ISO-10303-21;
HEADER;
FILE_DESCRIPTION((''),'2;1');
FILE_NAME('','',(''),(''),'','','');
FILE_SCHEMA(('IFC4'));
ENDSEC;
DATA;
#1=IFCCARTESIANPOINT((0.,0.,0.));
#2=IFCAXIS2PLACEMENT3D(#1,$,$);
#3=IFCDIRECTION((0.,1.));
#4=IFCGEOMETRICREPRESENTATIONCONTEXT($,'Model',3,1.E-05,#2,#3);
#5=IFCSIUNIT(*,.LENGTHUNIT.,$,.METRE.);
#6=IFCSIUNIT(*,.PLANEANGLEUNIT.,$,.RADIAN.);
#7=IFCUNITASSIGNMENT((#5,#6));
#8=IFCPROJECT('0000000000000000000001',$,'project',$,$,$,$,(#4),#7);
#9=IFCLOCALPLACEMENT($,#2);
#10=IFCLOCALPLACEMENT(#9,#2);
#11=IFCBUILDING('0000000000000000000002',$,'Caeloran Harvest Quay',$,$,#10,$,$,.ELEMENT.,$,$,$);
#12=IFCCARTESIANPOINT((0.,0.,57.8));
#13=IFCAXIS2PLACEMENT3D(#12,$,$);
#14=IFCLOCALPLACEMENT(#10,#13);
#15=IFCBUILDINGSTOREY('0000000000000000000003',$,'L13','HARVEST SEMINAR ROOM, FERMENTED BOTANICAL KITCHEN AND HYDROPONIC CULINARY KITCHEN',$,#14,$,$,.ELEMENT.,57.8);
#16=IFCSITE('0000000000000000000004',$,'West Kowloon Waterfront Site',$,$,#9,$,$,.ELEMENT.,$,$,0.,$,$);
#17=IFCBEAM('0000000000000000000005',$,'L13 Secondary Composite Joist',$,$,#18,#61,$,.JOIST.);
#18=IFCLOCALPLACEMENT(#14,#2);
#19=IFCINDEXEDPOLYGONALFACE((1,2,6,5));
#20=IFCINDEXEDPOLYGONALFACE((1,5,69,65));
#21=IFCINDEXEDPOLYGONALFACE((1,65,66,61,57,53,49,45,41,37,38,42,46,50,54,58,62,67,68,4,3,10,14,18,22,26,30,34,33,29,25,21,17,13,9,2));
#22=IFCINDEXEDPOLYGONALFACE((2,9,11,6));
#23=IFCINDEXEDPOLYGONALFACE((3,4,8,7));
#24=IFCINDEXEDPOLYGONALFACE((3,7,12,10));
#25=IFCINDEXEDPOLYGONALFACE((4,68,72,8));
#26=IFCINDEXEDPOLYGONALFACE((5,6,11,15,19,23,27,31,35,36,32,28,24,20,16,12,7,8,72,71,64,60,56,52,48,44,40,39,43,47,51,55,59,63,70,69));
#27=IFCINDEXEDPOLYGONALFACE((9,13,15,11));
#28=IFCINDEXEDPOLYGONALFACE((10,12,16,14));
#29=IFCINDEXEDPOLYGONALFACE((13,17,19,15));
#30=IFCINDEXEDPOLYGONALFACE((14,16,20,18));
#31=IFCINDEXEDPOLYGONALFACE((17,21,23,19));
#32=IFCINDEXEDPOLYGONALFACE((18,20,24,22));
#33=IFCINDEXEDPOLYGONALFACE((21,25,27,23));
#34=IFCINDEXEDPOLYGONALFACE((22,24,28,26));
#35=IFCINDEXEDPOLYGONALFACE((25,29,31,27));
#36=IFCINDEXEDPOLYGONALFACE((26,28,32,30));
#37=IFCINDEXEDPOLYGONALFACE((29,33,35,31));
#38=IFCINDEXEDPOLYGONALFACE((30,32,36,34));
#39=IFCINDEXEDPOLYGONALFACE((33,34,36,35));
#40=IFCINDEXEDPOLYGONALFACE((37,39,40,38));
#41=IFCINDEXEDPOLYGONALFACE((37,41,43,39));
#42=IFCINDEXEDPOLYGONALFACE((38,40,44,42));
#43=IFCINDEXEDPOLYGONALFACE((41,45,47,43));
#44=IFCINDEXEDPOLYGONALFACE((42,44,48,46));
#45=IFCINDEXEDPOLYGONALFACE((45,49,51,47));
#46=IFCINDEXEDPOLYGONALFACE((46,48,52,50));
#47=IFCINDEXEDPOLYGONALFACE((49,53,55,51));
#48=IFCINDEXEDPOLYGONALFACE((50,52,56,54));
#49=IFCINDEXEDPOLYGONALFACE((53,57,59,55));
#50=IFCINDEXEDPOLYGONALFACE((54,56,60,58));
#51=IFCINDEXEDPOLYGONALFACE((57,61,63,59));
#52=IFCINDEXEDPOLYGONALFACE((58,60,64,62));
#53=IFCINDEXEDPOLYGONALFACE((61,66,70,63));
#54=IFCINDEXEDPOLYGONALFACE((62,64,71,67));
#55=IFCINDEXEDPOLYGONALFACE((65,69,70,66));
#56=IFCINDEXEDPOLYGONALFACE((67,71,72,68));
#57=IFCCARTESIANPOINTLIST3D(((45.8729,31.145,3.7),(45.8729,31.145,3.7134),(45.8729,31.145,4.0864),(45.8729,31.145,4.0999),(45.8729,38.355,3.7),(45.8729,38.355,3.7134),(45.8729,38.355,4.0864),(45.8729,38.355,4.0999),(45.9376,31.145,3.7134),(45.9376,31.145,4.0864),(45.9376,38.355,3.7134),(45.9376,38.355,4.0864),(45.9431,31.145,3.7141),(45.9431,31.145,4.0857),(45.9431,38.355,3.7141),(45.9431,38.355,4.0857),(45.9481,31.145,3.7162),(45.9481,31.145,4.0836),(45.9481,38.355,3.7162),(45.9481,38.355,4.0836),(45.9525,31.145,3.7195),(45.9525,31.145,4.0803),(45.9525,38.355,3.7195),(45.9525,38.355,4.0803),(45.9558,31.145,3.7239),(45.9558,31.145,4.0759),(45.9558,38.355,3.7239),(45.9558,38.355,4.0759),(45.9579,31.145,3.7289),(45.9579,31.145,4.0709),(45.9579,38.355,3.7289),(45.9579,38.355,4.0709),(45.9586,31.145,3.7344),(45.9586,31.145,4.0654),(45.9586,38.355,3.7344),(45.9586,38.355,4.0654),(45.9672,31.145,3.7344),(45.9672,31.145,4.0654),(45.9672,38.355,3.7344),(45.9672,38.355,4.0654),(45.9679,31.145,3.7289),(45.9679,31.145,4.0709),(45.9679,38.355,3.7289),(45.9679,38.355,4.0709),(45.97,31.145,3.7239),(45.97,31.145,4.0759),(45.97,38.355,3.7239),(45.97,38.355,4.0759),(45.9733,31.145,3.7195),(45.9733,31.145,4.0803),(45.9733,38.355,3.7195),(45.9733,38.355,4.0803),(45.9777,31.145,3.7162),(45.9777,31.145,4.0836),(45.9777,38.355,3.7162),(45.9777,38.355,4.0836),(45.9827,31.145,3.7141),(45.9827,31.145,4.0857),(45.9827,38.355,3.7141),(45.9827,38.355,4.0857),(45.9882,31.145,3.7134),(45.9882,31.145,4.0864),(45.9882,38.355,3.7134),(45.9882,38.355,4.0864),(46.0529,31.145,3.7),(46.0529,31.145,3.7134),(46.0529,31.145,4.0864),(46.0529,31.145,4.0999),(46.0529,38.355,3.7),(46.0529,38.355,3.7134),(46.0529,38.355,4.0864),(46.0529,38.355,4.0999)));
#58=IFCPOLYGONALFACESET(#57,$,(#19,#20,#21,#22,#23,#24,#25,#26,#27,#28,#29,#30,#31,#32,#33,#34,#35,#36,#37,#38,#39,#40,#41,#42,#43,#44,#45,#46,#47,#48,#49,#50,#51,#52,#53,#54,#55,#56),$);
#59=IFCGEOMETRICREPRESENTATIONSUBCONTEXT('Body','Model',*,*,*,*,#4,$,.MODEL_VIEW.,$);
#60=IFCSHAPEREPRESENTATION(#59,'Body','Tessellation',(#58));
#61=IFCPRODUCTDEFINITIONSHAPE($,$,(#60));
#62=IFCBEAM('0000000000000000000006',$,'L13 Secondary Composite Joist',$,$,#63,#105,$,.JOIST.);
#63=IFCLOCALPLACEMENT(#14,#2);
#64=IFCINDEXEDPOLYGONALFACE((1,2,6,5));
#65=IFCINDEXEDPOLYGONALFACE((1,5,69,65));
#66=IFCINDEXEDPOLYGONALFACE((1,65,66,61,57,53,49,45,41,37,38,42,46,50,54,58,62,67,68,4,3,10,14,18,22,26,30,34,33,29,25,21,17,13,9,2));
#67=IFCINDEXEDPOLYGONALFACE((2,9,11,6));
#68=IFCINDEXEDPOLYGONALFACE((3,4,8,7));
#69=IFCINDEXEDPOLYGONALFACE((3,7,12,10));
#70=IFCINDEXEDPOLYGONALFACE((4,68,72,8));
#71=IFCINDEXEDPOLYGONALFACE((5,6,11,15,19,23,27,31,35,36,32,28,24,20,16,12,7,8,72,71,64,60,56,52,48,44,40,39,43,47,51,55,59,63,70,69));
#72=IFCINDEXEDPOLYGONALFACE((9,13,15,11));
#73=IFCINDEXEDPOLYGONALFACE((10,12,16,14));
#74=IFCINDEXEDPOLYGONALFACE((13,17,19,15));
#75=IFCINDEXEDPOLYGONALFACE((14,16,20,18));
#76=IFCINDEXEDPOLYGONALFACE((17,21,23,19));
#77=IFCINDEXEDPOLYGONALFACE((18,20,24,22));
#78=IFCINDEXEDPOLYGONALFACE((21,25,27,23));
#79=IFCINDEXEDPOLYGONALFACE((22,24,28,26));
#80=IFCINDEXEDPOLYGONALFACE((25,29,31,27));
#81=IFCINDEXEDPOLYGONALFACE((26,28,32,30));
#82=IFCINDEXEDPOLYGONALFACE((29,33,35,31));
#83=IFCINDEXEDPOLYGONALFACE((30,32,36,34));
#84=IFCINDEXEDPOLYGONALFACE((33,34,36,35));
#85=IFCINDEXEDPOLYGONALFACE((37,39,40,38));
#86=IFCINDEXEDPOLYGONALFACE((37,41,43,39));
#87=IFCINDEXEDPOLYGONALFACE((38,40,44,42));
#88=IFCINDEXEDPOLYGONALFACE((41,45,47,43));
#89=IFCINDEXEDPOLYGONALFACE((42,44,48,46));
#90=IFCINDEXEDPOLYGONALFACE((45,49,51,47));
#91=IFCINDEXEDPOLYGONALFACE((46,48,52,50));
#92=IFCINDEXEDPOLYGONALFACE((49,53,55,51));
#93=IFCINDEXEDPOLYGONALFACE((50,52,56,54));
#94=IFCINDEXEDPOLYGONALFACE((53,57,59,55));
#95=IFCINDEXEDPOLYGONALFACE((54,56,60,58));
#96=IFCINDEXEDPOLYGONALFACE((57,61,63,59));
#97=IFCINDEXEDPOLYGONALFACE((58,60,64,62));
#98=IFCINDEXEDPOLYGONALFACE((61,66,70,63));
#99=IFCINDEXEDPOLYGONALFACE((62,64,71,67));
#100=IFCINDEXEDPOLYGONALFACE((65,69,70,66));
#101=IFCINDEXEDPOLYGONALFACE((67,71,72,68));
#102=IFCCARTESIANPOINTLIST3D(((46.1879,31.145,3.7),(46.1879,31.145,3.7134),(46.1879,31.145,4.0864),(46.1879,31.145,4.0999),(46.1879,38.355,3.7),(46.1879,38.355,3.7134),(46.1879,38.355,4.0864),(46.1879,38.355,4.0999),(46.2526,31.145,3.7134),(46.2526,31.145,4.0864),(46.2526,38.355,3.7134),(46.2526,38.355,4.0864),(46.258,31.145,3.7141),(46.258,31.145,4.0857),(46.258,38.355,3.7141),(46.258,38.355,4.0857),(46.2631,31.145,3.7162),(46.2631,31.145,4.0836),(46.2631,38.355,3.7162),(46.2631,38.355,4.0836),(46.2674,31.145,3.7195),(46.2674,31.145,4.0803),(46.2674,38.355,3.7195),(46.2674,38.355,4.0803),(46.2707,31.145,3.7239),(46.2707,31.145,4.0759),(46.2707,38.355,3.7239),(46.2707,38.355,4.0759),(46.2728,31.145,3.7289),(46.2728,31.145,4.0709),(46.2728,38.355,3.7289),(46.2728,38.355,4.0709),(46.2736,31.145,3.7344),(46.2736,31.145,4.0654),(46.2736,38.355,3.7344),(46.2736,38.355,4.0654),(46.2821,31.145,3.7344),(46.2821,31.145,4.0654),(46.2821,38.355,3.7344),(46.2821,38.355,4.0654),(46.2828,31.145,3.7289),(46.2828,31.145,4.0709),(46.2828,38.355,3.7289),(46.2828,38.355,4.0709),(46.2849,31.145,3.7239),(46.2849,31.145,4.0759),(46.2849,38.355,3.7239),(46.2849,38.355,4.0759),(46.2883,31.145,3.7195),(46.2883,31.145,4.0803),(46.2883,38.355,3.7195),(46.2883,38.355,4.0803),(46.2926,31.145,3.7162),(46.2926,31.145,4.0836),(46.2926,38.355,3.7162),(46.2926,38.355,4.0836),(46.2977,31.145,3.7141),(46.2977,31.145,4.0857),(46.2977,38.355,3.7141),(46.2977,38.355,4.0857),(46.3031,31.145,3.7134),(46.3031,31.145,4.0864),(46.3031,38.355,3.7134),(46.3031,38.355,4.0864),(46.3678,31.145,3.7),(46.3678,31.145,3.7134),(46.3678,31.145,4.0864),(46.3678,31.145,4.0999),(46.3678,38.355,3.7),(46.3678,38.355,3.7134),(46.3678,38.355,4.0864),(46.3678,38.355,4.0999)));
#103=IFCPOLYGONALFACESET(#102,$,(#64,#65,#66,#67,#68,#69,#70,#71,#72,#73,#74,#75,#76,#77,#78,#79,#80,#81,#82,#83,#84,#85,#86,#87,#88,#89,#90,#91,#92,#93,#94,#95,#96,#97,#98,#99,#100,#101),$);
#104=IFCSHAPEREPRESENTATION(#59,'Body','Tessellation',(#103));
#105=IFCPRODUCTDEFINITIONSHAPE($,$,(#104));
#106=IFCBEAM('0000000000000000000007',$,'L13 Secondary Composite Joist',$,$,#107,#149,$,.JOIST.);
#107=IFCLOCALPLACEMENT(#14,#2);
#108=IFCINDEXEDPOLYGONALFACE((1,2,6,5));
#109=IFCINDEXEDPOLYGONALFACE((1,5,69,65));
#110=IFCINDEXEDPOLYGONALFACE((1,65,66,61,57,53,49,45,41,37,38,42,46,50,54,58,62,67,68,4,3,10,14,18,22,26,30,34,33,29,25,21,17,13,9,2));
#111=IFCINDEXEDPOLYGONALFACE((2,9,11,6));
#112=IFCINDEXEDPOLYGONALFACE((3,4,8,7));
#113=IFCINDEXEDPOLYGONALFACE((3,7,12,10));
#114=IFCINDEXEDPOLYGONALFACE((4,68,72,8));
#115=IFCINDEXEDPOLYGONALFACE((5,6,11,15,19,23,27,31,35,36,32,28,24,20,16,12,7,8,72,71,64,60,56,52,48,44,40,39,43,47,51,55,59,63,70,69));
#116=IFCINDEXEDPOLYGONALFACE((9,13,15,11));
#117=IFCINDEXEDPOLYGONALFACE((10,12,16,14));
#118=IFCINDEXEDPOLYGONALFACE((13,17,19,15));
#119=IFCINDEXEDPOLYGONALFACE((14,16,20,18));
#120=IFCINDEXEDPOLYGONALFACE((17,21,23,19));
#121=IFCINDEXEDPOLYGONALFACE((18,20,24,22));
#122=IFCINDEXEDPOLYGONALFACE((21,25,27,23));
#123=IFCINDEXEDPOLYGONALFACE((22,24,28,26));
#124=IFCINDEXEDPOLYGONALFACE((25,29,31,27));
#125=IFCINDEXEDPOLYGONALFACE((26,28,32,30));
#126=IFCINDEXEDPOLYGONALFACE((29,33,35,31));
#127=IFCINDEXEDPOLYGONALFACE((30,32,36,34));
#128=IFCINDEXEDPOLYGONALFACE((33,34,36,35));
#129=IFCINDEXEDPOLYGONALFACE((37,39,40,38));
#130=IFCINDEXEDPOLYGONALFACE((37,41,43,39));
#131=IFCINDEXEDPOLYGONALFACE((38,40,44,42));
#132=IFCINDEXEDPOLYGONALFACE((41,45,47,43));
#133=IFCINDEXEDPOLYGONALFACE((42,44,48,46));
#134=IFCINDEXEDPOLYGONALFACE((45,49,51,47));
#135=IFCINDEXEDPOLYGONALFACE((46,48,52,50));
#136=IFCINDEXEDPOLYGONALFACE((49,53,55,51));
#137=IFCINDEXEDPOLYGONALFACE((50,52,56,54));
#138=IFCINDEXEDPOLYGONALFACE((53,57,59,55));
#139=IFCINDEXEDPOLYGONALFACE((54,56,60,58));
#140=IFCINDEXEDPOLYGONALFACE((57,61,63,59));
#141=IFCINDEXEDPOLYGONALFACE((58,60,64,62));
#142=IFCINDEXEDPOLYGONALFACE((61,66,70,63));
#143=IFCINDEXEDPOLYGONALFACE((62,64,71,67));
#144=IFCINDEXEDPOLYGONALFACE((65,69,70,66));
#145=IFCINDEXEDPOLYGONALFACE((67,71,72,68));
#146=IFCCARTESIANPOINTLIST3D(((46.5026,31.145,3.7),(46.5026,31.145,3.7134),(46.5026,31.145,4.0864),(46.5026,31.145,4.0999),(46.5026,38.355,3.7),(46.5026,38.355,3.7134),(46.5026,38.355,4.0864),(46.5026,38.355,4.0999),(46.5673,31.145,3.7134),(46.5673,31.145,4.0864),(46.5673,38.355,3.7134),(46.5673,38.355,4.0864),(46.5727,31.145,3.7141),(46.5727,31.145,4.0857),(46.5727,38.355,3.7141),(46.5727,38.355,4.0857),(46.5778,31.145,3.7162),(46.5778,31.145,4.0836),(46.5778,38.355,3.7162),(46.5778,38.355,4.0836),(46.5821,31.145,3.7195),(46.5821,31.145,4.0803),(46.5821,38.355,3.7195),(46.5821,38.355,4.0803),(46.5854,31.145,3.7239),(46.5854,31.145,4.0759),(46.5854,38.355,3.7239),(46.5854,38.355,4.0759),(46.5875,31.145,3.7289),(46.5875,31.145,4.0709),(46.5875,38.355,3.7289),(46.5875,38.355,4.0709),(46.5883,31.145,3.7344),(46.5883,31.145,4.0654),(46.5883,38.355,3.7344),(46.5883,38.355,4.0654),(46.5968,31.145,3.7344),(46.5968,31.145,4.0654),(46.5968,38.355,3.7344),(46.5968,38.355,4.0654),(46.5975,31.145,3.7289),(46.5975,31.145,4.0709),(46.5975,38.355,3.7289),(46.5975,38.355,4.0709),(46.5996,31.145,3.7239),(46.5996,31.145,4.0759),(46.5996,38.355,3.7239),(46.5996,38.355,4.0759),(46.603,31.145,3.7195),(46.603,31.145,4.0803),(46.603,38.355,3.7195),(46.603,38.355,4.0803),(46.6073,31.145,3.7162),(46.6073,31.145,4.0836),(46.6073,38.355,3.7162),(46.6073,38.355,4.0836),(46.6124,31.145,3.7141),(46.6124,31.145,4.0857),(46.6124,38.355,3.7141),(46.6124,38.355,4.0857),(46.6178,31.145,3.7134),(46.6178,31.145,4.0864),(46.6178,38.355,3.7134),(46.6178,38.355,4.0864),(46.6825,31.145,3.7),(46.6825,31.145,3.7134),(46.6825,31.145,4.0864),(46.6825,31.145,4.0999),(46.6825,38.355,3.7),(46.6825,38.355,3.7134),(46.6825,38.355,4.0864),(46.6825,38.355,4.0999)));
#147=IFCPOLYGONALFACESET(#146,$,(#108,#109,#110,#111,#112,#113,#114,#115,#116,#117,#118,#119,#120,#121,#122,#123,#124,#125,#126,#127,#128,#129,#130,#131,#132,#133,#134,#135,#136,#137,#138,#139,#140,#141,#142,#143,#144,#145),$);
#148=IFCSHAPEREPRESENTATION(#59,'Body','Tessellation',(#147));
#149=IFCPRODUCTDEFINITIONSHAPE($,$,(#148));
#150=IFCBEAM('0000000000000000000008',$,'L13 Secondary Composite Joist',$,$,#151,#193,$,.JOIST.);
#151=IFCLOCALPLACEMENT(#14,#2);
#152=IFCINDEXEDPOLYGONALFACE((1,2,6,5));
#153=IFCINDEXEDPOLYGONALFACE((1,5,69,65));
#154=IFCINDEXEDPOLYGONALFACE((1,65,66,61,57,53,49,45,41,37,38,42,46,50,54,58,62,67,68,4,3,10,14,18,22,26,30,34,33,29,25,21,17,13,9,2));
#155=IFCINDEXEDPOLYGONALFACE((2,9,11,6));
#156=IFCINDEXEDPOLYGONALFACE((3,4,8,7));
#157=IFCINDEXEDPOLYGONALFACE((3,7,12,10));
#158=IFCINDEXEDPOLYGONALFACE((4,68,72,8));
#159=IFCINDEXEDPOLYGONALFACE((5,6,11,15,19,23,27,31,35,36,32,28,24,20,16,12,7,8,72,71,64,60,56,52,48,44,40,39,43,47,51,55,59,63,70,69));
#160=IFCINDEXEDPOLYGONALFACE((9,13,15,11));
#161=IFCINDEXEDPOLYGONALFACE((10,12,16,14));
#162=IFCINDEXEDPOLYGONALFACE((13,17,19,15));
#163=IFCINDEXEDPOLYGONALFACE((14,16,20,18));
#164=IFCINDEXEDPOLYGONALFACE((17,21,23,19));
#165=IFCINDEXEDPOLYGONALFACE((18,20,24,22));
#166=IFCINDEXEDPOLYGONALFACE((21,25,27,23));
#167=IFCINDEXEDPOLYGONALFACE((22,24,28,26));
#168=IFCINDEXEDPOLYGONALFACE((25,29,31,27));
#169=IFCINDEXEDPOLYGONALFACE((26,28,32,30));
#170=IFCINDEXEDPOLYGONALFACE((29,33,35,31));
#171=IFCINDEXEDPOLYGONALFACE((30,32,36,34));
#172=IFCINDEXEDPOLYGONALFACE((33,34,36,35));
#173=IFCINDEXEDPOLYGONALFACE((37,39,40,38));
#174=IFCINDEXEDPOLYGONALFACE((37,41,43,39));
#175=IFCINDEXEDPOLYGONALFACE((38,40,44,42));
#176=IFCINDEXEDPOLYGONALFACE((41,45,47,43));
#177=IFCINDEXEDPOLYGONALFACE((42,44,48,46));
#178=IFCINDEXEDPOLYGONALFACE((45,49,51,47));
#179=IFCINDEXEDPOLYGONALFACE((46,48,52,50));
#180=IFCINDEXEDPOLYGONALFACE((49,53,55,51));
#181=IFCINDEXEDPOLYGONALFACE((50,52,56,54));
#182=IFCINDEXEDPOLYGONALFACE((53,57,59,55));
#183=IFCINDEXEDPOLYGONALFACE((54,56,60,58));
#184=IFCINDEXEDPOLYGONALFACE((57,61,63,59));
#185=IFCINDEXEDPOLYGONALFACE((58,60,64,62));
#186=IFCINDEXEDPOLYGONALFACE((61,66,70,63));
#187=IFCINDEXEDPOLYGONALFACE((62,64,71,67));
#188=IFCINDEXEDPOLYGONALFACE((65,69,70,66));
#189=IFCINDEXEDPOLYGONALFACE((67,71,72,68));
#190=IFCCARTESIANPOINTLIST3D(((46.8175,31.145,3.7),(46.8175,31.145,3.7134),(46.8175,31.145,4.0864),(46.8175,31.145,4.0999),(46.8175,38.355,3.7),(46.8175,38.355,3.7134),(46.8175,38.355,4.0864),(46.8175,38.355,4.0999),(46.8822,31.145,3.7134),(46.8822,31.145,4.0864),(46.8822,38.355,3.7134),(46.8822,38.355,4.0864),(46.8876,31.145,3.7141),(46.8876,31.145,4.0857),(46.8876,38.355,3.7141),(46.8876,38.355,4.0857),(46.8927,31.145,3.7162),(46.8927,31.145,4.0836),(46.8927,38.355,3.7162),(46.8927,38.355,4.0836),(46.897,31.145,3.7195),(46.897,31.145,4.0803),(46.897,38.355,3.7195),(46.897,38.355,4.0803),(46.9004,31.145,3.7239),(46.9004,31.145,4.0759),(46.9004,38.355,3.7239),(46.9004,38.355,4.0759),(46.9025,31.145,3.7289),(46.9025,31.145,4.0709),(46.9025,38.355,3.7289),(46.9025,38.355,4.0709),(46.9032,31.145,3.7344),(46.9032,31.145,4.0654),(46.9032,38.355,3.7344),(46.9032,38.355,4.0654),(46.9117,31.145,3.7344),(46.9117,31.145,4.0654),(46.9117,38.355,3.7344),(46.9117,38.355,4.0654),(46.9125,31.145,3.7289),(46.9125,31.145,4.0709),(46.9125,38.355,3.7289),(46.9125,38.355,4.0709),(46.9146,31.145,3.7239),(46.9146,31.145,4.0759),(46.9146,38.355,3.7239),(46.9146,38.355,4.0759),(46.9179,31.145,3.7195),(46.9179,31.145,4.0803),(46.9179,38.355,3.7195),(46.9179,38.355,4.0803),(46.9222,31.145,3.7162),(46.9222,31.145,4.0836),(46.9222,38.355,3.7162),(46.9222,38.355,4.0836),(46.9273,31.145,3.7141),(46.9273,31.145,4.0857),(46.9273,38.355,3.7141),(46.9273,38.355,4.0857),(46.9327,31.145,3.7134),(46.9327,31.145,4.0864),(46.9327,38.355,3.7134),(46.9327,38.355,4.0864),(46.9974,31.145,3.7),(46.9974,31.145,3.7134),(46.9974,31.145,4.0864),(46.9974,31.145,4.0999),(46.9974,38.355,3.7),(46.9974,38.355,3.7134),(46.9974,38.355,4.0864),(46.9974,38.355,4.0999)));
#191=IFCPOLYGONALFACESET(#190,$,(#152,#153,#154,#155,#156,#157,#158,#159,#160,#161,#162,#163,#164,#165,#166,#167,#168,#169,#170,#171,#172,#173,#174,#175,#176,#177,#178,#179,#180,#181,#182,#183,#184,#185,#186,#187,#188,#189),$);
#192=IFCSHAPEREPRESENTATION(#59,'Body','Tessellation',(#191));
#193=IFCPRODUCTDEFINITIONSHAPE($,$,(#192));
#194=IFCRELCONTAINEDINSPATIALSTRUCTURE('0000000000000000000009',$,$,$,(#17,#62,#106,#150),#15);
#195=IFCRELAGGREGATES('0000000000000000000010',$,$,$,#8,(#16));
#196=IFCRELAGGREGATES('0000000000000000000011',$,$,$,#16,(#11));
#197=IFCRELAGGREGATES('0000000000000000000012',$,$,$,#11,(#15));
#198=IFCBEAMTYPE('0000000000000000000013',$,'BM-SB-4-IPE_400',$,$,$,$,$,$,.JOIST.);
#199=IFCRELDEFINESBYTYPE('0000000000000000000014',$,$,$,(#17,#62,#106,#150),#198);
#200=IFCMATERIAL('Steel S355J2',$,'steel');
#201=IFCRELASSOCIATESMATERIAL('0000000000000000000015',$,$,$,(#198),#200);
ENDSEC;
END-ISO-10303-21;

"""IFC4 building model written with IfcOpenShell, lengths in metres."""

from ifc_helpers import new_model, si_unit, direction, frame, origin, origin_2d, place, context, subcontext, project, spatial, i_section, extrude, material, material_profile, profile_set, type_object, element, save


model = new_model("IFC4")

# Units and contexts
model_context = context("Model", 3, precision=1e-05, world=origin(), true_north=direction((0.0, 1.0)))
body_context = subcontext(model_context, "Body", "Model", "MODEL_VIEW")
ifc_project = project(units=[si_unit("LENGTHUNIT", "METRE"), si_unit("PLANEANGLEUNIT", "RADIAN")], contexts=[model_context])

# Site, building, storey
site_placement = place(None, origin())
site = spatial("IfcSite", under=ifc_project, at=site_placement, Name="West Kowloon Waterfront Site", CompositionType="ELEMENT", RefElevation=0.0)
building_placement = place(site_placement, origin())
building = spatial("IfcBuilding", under=site, at=building_placement, Name="Caeloran Harvest Quay", CompositionType="ELEMENT")
storey_placement = place(building_placement, frame((0.0, 0.0, 57.8)))
storey = spatial("IfcBuildingStorey", under=building, at=storey_placement, Name="L13", Description="HARVEST SEMINAR ROOM, FERMENTED BOTANICAL KITCHEN AND HYDROPONIC CULINARY KITCHEN", CompositionType="ELEMENT", Elevation=57.8)

# Beams
ifc_material_1 = material(Name="Steel S355J2", Category="steel")
ifc_material_profile_1 = material_profile(ifc_material_1, i_section(OverallWidth=0.1799, OverallDepth=0.3999, WebThickness=0.0085, FlangeThickness=0.0134, FilletRadius=0.021, at=origin_2d()), Name="IPE 400")
ifc_profile_set_1 = profile_set([ifc_material_profile_1], Name="Steel S355J2")
beam_type_1 = type_object("IfcBeamType", Name="BM-SB-4-IPE_400", PredefinedType="JOIST", material=ifc_profile_set_1)
for number, where, z_axis, x_axis, name in (
    (1, (45.9629, 31.145, 3.8999), (0.0, 1.0, 0.0), (-1.0, 0.0, 0.0), "L13 Secondary Composite Joist"),
    (2, (46.2778, 31.145, 3.8999), (0.0, 1.0, 0.0), (-1.0, 0.0, 0.0), "L13 Secondary Composite Joist"),
    (3, (46.5925, 31.145, 3.8999), (0.0, 1.0, 0.0), (-1.0, 0.0, 0.0), "L13 Secondary Composite Joist"),
    (4, (46.9075, 31.145, 3.8999), (0.0, 1.0, 0.0), (-1.0, 0.0, 0.0), "L13 Secondary Composite Joist"),
):
    element("IfcBeam", number, at=place(storey_placement, frame(where, z_axis=z_axis, x_axis=x_axis)), inside=storey, type_object=beam_type_1, Name=name, PredefinedType="JOIST", context=body_context, shape_type="SweptSolid", body=[
        extrude(i_section(OverallWidth=0.1799, OverallDepth=0.3999, WebThickness=0.0085, FlangeThickness=0.0134, FilletRadius=0.021, at=origin_2d()), origin(), (0.0, 0.0, 1.0), 7.21),
    ])

save(model, "model.ifc")
